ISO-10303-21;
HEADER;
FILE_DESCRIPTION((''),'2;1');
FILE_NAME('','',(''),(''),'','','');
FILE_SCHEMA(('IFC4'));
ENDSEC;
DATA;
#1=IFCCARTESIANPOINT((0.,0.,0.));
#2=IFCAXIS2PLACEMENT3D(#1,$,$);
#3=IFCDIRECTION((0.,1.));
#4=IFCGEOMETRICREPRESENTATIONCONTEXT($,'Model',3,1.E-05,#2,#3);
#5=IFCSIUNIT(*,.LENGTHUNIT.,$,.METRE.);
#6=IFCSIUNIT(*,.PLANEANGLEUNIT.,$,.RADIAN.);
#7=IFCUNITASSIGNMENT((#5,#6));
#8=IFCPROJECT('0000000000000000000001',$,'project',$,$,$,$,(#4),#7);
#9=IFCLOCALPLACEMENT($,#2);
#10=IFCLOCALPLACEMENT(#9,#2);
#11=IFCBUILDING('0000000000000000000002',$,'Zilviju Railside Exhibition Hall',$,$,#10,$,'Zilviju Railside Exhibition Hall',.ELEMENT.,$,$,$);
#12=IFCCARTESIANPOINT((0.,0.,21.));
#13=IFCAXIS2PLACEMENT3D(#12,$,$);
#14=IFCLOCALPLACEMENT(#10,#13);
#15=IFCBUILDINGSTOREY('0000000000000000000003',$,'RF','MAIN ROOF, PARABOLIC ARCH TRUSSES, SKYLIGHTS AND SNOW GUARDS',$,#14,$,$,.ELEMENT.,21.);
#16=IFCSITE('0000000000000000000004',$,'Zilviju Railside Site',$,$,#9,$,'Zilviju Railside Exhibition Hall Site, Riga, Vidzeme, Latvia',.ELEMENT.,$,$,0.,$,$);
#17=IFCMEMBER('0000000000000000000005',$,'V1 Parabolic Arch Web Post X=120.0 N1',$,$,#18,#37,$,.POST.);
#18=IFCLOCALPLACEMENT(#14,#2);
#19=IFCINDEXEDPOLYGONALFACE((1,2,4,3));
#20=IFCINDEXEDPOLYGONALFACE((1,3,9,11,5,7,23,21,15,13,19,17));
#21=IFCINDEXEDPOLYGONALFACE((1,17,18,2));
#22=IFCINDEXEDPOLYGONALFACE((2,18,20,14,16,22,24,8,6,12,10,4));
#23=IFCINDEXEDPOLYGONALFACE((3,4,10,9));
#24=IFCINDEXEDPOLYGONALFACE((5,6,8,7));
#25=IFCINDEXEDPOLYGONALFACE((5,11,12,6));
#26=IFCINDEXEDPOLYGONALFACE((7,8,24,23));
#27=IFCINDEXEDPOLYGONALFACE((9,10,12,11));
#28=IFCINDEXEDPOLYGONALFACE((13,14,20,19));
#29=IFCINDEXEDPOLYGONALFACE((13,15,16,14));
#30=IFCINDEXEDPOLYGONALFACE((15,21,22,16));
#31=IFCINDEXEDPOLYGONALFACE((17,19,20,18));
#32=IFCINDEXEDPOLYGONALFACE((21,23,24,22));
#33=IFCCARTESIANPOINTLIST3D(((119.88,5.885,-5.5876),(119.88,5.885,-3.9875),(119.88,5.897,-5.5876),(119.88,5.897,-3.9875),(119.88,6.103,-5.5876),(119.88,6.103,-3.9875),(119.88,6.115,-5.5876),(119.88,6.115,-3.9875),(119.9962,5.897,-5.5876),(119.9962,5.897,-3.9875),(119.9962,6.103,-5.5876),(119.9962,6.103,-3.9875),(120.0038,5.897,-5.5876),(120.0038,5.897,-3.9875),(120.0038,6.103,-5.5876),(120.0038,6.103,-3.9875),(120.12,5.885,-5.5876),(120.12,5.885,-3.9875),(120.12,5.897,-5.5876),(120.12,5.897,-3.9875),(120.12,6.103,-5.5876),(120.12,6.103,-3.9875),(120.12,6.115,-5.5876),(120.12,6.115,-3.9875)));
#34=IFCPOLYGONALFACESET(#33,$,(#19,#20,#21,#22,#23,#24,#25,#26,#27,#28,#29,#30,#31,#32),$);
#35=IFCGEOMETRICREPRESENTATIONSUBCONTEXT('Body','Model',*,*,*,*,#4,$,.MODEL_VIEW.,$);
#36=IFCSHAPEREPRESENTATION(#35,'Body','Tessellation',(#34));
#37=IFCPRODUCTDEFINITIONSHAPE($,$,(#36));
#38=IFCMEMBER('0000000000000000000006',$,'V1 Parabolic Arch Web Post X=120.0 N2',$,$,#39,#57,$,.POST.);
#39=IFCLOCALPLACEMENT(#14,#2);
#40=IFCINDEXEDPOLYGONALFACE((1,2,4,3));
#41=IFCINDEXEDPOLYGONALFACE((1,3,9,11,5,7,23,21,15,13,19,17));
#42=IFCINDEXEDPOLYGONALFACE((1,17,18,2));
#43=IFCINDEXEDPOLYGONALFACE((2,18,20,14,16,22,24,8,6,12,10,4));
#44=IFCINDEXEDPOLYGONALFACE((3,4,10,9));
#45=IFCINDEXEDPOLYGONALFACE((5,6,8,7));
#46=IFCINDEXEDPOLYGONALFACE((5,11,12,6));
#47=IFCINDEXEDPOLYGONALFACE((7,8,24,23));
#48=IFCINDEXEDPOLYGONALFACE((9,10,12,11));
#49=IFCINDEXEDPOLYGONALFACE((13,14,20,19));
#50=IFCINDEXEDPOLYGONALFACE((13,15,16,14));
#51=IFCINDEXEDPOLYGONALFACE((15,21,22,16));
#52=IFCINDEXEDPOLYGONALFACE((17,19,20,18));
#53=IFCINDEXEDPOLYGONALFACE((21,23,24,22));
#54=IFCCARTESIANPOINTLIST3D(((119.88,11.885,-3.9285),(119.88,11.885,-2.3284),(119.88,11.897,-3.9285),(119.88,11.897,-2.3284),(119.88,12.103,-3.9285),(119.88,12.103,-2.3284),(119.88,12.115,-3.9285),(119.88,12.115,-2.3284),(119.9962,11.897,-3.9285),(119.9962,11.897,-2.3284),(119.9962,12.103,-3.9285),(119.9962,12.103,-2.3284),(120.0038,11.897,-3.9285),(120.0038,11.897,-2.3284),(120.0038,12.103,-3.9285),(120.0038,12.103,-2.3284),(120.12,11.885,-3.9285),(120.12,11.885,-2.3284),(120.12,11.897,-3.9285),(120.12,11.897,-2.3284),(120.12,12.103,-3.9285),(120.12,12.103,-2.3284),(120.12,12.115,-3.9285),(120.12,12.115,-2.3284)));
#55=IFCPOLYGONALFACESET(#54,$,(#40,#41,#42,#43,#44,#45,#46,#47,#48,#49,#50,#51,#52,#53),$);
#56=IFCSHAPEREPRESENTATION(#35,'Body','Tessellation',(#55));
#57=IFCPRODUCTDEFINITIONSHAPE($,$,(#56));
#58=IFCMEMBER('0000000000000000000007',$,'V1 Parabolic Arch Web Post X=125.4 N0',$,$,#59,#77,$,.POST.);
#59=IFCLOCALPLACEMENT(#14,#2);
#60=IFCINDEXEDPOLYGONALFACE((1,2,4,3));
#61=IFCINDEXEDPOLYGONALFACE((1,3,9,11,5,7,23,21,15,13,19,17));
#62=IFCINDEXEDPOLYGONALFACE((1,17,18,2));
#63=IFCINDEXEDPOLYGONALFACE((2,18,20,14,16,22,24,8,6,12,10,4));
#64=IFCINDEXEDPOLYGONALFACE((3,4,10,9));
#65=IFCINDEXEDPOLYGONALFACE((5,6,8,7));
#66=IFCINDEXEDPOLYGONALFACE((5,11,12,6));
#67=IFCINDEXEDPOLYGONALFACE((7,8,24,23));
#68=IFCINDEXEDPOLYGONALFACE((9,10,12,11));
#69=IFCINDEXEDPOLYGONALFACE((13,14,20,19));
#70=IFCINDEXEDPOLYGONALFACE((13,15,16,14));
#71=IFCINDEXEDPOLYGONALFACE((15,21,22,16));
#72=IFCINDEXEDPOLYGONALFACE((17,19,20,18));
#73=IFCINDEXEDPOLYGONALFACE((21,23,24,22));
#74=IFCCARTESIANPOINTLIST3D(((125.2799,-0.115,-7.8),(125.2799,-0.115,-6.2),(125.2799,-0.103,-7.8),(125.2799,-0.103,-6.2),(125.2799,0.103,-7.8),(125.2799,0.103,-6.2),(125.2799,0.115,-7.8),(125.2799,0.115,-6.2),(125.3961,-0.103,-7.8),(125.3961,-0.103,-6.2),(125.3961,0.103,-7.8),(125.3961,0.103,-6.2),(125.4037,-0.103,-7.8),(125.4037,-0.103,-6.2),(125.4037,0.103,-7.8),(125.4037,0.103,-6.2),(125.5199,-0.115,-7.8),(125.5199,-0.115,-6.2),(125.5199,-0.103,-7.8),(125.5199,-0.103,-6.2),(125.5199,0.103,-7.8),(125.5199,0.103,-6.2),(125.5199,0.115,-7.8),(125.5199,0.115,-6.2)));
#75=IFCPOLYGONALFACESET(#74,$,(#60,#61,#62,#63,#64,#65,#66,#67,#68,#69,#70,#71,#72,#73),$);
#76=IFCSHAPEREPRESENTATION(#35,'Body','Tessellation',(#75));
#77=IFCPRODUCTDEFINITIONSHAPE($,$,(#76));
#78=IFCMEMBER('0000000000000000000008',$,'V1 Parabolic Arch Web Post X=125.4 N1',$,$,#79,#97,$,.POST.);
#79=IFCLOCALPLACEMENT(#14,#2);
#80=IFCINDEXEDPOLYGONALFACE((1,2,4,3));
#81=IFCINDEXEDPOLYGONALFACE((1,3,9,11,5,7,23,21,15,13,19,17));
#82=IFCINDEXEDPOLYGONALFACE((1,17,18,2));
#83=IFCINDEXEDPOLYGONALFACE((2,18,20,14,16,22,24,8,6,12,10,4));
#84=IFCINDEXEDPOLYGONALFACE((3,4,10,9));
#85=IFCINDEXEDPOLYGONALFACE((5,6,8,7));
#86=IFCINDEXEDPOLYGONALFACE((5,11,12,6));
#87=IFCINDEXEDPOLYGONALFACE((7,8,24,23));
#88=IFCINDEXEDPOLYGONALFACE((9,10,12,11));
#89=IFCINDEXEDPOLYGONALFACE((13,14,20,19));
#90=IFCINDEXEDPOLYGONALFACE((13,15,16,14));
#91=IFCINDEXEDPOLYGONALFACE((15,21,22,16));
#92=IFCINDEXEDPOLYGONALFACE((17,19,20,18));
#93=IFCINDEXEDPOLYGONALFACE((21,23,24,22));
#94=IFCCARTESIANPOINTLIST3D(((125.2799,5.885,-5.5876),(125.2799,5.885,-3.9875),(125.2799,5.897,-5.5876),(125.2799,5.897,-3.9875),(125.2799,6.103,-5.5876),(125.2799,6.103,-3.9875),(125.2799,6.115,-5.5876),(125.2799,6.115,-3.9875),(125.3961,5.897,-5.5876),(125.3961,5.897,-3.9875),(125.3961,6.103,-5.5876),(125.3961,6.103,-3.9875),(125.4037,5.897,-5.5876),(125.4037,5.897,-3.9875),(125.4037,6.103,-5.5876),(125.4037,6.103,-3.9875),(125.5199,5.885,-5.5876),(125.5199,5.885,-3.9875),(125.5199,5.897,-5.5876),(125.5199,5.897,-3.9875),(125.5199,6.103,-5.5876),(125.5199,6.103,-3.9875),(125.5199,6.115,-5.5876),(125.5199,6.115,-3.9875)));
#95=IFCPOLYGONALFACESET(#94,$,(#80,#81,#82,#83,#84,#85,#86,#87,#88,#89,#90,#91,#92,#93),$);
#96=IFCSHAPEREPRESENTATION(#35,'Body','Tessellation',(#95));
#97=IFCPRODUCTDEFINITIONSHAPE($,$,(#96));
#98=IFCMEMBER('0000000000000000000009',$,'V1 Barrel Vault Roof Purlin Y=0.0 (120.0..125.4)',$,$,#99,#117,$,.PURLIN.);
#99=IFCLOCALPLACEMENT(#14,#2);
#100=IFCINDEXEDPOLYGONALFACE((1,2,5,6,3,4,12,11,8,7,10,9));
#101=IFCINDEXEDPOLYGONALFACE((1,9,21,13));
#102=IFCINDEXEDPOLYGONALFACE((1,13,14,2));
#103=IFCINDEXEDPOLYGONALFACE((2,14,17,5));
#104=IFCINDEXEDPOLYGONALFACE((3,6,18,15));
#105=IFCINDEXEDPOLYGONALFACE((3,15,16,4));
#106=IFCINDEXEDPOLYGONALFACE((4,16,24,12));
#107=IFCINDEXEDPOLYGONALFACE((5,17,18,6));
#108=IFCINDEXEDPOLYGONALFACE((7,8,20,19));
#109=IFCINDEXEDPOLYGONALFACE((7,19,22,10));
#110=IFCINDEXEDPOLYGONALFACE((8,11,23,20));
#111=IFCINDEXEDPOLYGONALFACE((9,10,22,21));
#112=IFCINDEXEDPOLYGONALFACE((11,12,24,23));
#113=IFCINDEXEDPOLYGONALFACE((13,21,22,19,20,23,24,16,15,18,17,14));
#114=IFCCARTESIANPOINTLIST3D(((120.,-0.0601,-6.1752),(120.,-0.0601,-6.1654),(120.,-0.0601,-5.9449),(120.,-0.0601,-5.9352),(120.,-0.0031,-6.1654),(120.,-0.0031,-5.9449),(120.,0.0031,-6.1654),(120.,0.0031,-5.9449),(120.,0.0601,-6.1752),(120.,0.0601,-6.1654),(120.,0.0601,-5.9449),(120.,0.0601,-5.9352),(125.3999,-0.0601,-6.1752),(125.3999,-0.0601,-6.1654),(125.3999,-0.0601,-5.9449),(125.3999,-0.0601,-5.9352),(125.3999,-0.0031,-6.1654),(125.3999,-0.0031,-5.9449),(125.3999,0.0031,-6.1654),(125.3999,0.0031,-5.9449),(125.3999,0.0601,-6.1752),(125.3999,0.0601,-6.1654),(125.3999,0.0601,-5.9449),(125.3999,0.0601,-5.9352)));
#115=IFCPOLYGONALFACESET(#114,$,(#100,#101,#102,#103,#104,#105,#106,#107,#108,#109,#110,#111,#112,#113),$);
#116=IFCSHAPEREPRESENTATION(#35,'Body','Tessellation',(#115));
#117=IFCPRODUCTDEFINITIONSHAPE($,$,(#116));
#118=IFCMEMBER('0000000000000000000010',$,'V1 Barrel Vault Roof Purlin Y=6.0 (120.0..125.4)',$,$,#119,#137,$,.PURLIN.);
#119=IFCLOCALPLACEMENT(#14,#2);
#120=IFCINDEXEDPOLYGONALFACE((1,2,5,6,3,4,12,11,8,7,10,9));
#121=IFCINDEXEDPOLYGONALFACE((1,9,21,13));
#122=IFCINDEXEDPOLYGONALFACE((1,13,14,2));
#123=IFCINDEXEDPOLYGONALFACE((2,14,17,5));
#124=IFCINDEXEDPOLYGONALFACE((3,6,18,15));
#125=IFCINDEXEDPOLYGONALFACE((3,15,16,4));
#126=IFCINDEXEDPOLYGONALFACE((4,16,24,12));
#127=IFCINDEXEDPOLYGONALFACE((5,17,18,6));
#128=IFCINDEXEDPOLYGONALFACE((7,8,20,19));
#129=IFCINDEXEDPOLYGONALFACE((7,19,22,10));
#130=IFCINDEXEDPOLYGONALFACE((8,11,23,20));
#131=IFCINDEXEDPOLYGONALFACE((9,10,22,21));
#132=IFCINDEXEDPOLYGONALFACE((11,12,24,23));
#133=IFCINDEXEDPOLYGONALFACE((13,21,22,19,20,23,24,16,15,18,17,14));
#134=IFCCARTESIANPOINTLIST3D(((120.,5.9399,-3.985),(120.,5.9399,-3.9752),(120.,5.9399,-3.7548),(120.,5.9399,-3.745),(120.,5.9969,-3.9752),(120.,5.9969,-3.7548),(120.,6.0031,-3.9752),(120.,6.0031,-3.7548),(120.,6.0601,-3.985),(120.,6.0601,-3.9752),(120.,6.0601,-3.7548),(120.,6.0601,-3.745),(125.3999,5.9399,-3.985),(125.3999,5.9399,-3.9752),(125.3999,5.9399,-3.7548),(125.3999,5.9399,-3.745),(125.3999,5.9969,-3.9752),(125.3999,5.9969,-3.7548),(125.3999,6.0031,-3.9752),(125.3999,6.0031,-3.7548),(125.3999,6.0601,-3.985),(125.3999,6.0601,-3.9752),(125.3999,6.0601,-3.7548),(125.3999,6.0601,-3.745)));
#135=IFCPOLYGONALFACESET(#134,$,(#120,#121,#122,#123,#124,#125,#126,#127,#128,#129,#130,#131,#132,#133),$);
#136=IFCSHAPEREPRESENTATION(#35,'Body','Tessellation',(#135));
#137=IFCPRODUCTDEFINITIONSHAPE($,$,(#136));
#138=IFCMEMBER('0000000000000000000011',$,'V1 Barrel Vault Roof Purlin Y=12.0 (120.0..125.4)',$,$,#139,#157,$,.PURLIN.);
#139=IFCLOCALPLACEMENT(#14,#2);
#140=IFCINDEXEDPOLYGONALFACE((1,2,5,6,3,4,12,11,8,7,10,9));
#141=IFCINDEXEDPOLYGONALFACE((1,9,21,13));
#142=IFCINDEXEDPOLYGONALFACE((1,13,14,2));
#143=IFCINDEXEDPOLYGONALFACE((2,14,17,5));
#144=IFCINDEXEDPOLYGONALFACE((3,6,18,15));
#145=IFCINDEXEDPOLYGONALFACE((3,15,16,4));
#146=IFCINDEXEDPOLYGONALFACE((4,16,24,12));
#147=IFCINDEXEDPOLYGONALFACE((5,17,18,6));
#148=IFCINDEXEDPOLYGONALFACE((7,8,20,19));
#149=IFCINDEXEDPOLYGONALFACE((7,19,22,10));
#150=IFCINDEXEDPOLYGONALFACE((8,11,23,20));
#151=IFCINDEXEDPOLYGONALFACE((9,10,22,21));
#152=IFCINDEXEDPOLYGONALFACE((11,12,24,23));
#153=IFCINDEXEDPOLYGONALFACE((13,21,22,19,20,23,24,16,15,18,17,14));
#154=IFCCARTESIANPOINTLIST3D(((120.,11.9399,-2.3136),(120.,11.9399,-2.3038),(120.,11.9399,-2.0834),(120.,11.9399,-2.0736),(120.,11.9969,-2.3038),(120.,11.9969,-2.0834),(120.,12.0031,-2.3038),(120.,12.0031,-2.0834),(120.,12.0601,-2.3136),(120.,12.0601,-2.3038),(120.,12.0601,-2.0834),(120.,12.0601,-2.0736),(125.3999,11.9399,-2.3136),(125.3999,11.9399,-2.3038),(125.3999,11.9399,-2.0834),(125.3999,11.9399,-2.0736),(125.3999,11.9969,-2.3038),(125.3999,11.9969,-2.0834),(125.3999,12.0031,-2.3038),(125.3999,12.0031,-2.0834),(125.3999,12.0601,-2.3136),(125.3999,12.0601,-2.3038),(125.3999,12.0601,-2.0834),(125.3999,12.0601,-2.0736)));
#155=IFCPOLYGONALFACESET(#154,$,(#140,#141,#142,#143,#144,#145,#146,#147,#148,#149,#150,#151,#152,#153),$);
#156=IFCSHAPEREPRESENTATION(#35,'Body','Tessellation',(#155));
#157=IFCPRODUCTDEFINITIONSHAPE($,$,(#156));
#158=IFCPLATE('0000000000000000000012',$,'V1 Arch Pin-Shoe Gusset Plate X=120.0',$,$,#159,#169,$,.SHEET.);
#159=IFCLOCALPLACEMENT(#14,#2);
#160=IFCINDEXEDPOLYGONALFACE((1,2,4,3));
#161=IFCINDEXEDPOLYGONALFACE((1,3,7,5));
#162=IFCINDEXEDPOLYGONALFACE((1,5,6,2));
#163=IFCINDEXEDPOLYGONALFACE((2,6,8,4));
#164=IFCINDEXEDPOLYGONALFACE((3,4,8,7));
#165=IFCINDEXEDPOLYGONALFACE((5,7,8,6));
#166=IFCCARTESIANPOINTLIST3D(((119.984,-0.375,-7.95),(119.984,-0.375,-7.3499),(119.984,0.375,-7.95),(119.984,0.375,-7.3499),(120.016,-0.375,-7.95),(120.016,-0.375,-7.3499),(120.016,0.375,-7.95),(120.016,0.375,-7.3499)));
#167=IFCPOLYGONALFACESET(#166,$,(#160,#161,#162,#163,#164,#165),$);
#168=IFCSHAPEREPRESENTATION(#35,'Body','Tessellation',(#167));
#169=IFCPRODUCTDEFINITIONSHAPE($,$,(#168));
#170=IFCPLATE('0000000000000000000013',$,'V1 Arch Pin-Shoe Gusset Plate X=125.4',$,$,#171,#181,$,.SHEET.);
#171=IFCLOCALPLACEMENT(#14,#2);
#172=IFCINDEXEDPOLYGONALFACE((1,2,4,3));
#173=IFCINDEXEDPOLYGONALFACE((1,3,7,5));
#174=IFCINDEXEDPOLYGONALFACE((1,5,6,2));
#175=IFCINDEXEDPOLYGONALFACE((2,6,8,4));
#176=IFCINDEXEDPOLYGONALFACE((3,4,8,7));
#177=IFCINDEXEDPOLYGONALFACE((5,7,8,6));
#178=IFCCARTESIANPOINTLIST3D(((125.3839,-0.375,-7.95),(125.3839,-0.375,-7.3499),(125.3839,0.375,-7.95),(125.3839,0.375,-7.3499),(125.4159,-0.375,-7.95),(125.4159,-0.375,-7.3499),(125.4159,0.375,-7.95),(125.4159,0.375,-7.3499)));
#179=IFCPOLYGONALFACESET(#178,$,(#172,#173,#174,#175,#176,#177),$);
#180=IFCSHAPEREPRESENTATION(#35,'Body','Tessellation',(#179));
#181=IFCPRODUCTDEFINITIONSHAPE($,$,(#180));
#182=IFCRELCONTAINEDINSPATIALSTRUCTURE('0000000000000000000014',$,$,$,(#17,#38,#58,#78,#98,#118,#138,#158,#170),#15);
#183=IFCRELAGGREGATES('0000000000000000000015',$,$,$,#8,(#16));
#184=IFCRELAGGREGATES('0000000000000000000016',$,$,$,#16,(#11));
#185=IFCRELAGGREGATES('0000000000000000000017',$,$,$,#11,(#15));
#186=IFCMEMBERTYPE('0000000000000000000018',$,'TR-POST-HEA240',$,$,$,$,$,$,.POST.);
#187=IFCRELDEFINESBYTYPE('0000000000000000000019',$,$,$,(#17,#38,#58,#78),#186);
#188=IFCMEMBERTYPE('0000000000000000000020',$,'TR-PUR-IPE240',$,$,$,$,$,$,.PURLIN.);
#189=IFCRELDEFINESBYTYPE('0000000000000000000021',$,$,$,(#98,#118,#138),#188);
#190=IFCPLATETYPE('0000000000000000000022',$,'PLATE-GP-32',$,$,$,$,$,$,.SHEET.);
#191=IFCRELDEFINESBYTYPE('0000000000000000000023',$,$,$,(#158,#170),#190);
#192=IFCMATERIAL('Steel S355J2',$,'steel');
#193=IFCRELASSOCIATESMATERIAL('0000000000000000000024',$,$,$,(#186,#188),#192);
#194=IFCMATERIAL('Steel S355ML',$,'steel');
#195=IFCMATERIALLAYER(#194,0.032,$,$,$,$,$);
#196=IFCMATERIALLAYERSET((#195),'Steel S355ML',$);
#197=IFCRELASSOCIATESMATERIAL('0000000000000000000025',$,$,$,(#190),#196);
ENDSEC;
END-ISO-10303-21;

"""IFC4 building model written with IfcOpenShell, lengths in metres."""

from ifc_helpers import new_model, si_unit, direction, frame, origin, origin_2d, place, context, subcontext, project, spatial, rectangle, i_section, extrude, material, layer, layer_set, material_profile, profile_set, type_object, element, save


model = new_model("IFC4")

# Units and contexts
model_context = context("Model", 3, precision=1e-05, world=origin(), true_north=direction((0.0, 1.0)))
body_context = subcontext(model_context, "Body", "Model", "MODEL_VIEW")
ifc_project = project(units=[si_unit("LENGTHUNIT", "METRE"), si_unit("PLANEANGLEUNIT", "RADIAN")], contexts=[model_context])

# Site, building, storey
site_placement = place(None, origin())
site = spatial("IfcSite", under=ifc_project, at=site_placement, Name="Zilviju Railside Site", LongName="Zilviju Railside Exhibition Hall Site, Riga, Vidzeme, Latvia", CompositionType="ELEMENT", RefElevation=0.0)
building_placement = place(site_placement, origin())
building = spatial("IfcBuilding", under=site, at=building_placement, Name="Zilviju Railside Exhibition Hall", LongName="Zilviju Railside Exhibition Hall", CompositionType="ELEMENT")
storey_placement = place(building_placement, frame((0.0, 0.0, 21.0)))
storey = spatial("IfcBuildingStorey", under=building, at=storey_placement, Name="RF", Description="MAIN ROOF, PARABOLIC ARCH TRUSSES, SKYLIGHTS AND SNOW GUARDS", CompositionType="ELEMENT", Elevation=21.0)

# Members
ifc_material_1 = material(Name="Steel S355J2", Category="steel")
ifc_material_profile_1 = material_profile(ifc_material_1, i_section(OverallWidth=0.24, OverallDepth=0.23, WebThickness=0.0076, FlangeThickness=0.012, at=origin_2d()), Name="HEA 240")
ifc_profile_set_1 = profile_set([ifc_material_profile_1], Name="Steel S355J2")
member_type_1 = type_object("IfcMemberType", Name="TR-POST-HEA240", PredefinedType="POST", material=ifc_profile_set_1)
for number, where, z_axis, x_axis, name in (
    (1, (120.0, 6.0, -5.5876), (0.0, 0.0, 1.0), (1.0, 0.0, 0.0), "V1 Parabolic Arch Web Post X=120.0 N1"),
    (2, (120.0, 12.0, -3.9285), (0.0, 0.0, 1.0), (1.0, 0.0, 0.0), "V1 Parabolic Arch Web Post X=120.0 N2"),
    (3, (125.3999, 0.0, -7.8), (0.0, 0.0, 1.0), (1.0, 0.0, 0.0), "V1 Parabolic Arch Web Post X=125.4 N0"),
    (4, (125.3999, 6.0, -5.5876), (0.0, 0.0, 1.0), (1.0, 0.0, 0.0), "V1 Parabolic Arch Web Post X=125.4 N1"),
):
    element("IfcMember", number, at=place(storey_placement, frame(where, z_axis=z_axis, x_axis=x_axis)), inside=storey, type_object=member_type_1, Name=name, PredefinedType="POST", context=body_context, shape_type="SweptSolid", body=[
        extrude(i_section(OverallWidth=0.24, OverallDepth=0.23, WebThickness=0.0076, FlangeThickness=0.012, at=origin_2d()), origin(), (0.0, 0.0, 1.0), 1.6001),
    ])
ifc_material_profile_2 = material_profile(ifc_material_1, i_section(OverallWidth=0.1201, OverallDepth=0.24, WebThickness=0.0061, FlangeThickness=0.0098, at=origin_2d()), Name="IPE 240")
ifc_profile_set_2 = profile_set([ifc_material_profile_2], Name="Steel S355J2")
member_type_2 = type_object("IfcMemberType", Name="TR-PUR-IPE240", PredefinedType="PURLIN", material=ifc_profile_set_2)
for number, where, z_axis, x_axis, name in (
    (5, (120.0, 0.0, -6.0552), (1.0, 0.0, 0.0), (0.0, 1.0, 0.0), "V1 Barrel Vault Roof Purlin Y=0.0 (120.0..125.4)"),
    (6, (120.0, 6.0, -3.865), (1.0, 0.0, 0.0), (0.0, 1.0, 0.0), "V1 Barrel Vault Roof Purlin Y=6.0 (120.0..125.4)"),
    (7, (120.0, 12.0, -2.1936), (1.0, 0.0, 0.0), (0.0, 1.0, 0.0), "V1 Barrel Vault Roof Purlin Y=12.0 (120.0..125.4)"),
):
    element("IfcMember", number, at=place(storey_placement, frame(where, z_axis=z_axis, x_axis=x_axis)), inside=storey, type_object=member_type_2, Name=name, PredefinedType="PURLIN", context=body_context, shape_type="SweptSolid", body=[
        extrude(i_section(OverallWidth=0.1201, OverallDepth=0.24, WebThickness=0.0061, FlangeThickness=0.0098, at=origin_2d()), origin(), (0.0, 0.0, 1.0), 5.3999),
    ])

# Plates
ifc_material_2 = material(Name="Steel S355ML", Category="steel")
ifc_layer = layer(ifc_material_2, 0.032)
ifc_layer_set = layer_set([ifc_layer], Name="Steel S355ML")
plate_type = type_object("IfcPlateType", Name="PLATE-GP-32", PredefinedType="SHEET", material=ifc_layer_set)
for number, where, z_axis, x_axis, name in (
    (8, (120.0, 0.0, -7.95), (0.0, 0.0, 1.0), (1.0, 0.0, 0.0), "V1 Arch Pin-Shoe Gusset Plate X=120.0"),
    (9, (125.3999, 0.0, -7.95), (0.0, 0.0, 1.0), (1.0, 0.0, 0.0), "V1 Arch Pin-Shoe Gusset Plate X=125.4"),
):
    element("IfcPlate", number, at=place(storey_placement, frame(where, z_axis=z_axis, x_axis=x_axis)), inside=storey, type_object=plate_type, Name=name, PredefinedType="SHEET", context=body_context, shape_type="SweptSolid", body=[
        extrude(rectangle(XDim=0.032, YDim=0.75, at=origin_2d()), origin(), (0.0, 0.0, 1.0), 0.6001),
    ])

save(model, "model.ifc")
